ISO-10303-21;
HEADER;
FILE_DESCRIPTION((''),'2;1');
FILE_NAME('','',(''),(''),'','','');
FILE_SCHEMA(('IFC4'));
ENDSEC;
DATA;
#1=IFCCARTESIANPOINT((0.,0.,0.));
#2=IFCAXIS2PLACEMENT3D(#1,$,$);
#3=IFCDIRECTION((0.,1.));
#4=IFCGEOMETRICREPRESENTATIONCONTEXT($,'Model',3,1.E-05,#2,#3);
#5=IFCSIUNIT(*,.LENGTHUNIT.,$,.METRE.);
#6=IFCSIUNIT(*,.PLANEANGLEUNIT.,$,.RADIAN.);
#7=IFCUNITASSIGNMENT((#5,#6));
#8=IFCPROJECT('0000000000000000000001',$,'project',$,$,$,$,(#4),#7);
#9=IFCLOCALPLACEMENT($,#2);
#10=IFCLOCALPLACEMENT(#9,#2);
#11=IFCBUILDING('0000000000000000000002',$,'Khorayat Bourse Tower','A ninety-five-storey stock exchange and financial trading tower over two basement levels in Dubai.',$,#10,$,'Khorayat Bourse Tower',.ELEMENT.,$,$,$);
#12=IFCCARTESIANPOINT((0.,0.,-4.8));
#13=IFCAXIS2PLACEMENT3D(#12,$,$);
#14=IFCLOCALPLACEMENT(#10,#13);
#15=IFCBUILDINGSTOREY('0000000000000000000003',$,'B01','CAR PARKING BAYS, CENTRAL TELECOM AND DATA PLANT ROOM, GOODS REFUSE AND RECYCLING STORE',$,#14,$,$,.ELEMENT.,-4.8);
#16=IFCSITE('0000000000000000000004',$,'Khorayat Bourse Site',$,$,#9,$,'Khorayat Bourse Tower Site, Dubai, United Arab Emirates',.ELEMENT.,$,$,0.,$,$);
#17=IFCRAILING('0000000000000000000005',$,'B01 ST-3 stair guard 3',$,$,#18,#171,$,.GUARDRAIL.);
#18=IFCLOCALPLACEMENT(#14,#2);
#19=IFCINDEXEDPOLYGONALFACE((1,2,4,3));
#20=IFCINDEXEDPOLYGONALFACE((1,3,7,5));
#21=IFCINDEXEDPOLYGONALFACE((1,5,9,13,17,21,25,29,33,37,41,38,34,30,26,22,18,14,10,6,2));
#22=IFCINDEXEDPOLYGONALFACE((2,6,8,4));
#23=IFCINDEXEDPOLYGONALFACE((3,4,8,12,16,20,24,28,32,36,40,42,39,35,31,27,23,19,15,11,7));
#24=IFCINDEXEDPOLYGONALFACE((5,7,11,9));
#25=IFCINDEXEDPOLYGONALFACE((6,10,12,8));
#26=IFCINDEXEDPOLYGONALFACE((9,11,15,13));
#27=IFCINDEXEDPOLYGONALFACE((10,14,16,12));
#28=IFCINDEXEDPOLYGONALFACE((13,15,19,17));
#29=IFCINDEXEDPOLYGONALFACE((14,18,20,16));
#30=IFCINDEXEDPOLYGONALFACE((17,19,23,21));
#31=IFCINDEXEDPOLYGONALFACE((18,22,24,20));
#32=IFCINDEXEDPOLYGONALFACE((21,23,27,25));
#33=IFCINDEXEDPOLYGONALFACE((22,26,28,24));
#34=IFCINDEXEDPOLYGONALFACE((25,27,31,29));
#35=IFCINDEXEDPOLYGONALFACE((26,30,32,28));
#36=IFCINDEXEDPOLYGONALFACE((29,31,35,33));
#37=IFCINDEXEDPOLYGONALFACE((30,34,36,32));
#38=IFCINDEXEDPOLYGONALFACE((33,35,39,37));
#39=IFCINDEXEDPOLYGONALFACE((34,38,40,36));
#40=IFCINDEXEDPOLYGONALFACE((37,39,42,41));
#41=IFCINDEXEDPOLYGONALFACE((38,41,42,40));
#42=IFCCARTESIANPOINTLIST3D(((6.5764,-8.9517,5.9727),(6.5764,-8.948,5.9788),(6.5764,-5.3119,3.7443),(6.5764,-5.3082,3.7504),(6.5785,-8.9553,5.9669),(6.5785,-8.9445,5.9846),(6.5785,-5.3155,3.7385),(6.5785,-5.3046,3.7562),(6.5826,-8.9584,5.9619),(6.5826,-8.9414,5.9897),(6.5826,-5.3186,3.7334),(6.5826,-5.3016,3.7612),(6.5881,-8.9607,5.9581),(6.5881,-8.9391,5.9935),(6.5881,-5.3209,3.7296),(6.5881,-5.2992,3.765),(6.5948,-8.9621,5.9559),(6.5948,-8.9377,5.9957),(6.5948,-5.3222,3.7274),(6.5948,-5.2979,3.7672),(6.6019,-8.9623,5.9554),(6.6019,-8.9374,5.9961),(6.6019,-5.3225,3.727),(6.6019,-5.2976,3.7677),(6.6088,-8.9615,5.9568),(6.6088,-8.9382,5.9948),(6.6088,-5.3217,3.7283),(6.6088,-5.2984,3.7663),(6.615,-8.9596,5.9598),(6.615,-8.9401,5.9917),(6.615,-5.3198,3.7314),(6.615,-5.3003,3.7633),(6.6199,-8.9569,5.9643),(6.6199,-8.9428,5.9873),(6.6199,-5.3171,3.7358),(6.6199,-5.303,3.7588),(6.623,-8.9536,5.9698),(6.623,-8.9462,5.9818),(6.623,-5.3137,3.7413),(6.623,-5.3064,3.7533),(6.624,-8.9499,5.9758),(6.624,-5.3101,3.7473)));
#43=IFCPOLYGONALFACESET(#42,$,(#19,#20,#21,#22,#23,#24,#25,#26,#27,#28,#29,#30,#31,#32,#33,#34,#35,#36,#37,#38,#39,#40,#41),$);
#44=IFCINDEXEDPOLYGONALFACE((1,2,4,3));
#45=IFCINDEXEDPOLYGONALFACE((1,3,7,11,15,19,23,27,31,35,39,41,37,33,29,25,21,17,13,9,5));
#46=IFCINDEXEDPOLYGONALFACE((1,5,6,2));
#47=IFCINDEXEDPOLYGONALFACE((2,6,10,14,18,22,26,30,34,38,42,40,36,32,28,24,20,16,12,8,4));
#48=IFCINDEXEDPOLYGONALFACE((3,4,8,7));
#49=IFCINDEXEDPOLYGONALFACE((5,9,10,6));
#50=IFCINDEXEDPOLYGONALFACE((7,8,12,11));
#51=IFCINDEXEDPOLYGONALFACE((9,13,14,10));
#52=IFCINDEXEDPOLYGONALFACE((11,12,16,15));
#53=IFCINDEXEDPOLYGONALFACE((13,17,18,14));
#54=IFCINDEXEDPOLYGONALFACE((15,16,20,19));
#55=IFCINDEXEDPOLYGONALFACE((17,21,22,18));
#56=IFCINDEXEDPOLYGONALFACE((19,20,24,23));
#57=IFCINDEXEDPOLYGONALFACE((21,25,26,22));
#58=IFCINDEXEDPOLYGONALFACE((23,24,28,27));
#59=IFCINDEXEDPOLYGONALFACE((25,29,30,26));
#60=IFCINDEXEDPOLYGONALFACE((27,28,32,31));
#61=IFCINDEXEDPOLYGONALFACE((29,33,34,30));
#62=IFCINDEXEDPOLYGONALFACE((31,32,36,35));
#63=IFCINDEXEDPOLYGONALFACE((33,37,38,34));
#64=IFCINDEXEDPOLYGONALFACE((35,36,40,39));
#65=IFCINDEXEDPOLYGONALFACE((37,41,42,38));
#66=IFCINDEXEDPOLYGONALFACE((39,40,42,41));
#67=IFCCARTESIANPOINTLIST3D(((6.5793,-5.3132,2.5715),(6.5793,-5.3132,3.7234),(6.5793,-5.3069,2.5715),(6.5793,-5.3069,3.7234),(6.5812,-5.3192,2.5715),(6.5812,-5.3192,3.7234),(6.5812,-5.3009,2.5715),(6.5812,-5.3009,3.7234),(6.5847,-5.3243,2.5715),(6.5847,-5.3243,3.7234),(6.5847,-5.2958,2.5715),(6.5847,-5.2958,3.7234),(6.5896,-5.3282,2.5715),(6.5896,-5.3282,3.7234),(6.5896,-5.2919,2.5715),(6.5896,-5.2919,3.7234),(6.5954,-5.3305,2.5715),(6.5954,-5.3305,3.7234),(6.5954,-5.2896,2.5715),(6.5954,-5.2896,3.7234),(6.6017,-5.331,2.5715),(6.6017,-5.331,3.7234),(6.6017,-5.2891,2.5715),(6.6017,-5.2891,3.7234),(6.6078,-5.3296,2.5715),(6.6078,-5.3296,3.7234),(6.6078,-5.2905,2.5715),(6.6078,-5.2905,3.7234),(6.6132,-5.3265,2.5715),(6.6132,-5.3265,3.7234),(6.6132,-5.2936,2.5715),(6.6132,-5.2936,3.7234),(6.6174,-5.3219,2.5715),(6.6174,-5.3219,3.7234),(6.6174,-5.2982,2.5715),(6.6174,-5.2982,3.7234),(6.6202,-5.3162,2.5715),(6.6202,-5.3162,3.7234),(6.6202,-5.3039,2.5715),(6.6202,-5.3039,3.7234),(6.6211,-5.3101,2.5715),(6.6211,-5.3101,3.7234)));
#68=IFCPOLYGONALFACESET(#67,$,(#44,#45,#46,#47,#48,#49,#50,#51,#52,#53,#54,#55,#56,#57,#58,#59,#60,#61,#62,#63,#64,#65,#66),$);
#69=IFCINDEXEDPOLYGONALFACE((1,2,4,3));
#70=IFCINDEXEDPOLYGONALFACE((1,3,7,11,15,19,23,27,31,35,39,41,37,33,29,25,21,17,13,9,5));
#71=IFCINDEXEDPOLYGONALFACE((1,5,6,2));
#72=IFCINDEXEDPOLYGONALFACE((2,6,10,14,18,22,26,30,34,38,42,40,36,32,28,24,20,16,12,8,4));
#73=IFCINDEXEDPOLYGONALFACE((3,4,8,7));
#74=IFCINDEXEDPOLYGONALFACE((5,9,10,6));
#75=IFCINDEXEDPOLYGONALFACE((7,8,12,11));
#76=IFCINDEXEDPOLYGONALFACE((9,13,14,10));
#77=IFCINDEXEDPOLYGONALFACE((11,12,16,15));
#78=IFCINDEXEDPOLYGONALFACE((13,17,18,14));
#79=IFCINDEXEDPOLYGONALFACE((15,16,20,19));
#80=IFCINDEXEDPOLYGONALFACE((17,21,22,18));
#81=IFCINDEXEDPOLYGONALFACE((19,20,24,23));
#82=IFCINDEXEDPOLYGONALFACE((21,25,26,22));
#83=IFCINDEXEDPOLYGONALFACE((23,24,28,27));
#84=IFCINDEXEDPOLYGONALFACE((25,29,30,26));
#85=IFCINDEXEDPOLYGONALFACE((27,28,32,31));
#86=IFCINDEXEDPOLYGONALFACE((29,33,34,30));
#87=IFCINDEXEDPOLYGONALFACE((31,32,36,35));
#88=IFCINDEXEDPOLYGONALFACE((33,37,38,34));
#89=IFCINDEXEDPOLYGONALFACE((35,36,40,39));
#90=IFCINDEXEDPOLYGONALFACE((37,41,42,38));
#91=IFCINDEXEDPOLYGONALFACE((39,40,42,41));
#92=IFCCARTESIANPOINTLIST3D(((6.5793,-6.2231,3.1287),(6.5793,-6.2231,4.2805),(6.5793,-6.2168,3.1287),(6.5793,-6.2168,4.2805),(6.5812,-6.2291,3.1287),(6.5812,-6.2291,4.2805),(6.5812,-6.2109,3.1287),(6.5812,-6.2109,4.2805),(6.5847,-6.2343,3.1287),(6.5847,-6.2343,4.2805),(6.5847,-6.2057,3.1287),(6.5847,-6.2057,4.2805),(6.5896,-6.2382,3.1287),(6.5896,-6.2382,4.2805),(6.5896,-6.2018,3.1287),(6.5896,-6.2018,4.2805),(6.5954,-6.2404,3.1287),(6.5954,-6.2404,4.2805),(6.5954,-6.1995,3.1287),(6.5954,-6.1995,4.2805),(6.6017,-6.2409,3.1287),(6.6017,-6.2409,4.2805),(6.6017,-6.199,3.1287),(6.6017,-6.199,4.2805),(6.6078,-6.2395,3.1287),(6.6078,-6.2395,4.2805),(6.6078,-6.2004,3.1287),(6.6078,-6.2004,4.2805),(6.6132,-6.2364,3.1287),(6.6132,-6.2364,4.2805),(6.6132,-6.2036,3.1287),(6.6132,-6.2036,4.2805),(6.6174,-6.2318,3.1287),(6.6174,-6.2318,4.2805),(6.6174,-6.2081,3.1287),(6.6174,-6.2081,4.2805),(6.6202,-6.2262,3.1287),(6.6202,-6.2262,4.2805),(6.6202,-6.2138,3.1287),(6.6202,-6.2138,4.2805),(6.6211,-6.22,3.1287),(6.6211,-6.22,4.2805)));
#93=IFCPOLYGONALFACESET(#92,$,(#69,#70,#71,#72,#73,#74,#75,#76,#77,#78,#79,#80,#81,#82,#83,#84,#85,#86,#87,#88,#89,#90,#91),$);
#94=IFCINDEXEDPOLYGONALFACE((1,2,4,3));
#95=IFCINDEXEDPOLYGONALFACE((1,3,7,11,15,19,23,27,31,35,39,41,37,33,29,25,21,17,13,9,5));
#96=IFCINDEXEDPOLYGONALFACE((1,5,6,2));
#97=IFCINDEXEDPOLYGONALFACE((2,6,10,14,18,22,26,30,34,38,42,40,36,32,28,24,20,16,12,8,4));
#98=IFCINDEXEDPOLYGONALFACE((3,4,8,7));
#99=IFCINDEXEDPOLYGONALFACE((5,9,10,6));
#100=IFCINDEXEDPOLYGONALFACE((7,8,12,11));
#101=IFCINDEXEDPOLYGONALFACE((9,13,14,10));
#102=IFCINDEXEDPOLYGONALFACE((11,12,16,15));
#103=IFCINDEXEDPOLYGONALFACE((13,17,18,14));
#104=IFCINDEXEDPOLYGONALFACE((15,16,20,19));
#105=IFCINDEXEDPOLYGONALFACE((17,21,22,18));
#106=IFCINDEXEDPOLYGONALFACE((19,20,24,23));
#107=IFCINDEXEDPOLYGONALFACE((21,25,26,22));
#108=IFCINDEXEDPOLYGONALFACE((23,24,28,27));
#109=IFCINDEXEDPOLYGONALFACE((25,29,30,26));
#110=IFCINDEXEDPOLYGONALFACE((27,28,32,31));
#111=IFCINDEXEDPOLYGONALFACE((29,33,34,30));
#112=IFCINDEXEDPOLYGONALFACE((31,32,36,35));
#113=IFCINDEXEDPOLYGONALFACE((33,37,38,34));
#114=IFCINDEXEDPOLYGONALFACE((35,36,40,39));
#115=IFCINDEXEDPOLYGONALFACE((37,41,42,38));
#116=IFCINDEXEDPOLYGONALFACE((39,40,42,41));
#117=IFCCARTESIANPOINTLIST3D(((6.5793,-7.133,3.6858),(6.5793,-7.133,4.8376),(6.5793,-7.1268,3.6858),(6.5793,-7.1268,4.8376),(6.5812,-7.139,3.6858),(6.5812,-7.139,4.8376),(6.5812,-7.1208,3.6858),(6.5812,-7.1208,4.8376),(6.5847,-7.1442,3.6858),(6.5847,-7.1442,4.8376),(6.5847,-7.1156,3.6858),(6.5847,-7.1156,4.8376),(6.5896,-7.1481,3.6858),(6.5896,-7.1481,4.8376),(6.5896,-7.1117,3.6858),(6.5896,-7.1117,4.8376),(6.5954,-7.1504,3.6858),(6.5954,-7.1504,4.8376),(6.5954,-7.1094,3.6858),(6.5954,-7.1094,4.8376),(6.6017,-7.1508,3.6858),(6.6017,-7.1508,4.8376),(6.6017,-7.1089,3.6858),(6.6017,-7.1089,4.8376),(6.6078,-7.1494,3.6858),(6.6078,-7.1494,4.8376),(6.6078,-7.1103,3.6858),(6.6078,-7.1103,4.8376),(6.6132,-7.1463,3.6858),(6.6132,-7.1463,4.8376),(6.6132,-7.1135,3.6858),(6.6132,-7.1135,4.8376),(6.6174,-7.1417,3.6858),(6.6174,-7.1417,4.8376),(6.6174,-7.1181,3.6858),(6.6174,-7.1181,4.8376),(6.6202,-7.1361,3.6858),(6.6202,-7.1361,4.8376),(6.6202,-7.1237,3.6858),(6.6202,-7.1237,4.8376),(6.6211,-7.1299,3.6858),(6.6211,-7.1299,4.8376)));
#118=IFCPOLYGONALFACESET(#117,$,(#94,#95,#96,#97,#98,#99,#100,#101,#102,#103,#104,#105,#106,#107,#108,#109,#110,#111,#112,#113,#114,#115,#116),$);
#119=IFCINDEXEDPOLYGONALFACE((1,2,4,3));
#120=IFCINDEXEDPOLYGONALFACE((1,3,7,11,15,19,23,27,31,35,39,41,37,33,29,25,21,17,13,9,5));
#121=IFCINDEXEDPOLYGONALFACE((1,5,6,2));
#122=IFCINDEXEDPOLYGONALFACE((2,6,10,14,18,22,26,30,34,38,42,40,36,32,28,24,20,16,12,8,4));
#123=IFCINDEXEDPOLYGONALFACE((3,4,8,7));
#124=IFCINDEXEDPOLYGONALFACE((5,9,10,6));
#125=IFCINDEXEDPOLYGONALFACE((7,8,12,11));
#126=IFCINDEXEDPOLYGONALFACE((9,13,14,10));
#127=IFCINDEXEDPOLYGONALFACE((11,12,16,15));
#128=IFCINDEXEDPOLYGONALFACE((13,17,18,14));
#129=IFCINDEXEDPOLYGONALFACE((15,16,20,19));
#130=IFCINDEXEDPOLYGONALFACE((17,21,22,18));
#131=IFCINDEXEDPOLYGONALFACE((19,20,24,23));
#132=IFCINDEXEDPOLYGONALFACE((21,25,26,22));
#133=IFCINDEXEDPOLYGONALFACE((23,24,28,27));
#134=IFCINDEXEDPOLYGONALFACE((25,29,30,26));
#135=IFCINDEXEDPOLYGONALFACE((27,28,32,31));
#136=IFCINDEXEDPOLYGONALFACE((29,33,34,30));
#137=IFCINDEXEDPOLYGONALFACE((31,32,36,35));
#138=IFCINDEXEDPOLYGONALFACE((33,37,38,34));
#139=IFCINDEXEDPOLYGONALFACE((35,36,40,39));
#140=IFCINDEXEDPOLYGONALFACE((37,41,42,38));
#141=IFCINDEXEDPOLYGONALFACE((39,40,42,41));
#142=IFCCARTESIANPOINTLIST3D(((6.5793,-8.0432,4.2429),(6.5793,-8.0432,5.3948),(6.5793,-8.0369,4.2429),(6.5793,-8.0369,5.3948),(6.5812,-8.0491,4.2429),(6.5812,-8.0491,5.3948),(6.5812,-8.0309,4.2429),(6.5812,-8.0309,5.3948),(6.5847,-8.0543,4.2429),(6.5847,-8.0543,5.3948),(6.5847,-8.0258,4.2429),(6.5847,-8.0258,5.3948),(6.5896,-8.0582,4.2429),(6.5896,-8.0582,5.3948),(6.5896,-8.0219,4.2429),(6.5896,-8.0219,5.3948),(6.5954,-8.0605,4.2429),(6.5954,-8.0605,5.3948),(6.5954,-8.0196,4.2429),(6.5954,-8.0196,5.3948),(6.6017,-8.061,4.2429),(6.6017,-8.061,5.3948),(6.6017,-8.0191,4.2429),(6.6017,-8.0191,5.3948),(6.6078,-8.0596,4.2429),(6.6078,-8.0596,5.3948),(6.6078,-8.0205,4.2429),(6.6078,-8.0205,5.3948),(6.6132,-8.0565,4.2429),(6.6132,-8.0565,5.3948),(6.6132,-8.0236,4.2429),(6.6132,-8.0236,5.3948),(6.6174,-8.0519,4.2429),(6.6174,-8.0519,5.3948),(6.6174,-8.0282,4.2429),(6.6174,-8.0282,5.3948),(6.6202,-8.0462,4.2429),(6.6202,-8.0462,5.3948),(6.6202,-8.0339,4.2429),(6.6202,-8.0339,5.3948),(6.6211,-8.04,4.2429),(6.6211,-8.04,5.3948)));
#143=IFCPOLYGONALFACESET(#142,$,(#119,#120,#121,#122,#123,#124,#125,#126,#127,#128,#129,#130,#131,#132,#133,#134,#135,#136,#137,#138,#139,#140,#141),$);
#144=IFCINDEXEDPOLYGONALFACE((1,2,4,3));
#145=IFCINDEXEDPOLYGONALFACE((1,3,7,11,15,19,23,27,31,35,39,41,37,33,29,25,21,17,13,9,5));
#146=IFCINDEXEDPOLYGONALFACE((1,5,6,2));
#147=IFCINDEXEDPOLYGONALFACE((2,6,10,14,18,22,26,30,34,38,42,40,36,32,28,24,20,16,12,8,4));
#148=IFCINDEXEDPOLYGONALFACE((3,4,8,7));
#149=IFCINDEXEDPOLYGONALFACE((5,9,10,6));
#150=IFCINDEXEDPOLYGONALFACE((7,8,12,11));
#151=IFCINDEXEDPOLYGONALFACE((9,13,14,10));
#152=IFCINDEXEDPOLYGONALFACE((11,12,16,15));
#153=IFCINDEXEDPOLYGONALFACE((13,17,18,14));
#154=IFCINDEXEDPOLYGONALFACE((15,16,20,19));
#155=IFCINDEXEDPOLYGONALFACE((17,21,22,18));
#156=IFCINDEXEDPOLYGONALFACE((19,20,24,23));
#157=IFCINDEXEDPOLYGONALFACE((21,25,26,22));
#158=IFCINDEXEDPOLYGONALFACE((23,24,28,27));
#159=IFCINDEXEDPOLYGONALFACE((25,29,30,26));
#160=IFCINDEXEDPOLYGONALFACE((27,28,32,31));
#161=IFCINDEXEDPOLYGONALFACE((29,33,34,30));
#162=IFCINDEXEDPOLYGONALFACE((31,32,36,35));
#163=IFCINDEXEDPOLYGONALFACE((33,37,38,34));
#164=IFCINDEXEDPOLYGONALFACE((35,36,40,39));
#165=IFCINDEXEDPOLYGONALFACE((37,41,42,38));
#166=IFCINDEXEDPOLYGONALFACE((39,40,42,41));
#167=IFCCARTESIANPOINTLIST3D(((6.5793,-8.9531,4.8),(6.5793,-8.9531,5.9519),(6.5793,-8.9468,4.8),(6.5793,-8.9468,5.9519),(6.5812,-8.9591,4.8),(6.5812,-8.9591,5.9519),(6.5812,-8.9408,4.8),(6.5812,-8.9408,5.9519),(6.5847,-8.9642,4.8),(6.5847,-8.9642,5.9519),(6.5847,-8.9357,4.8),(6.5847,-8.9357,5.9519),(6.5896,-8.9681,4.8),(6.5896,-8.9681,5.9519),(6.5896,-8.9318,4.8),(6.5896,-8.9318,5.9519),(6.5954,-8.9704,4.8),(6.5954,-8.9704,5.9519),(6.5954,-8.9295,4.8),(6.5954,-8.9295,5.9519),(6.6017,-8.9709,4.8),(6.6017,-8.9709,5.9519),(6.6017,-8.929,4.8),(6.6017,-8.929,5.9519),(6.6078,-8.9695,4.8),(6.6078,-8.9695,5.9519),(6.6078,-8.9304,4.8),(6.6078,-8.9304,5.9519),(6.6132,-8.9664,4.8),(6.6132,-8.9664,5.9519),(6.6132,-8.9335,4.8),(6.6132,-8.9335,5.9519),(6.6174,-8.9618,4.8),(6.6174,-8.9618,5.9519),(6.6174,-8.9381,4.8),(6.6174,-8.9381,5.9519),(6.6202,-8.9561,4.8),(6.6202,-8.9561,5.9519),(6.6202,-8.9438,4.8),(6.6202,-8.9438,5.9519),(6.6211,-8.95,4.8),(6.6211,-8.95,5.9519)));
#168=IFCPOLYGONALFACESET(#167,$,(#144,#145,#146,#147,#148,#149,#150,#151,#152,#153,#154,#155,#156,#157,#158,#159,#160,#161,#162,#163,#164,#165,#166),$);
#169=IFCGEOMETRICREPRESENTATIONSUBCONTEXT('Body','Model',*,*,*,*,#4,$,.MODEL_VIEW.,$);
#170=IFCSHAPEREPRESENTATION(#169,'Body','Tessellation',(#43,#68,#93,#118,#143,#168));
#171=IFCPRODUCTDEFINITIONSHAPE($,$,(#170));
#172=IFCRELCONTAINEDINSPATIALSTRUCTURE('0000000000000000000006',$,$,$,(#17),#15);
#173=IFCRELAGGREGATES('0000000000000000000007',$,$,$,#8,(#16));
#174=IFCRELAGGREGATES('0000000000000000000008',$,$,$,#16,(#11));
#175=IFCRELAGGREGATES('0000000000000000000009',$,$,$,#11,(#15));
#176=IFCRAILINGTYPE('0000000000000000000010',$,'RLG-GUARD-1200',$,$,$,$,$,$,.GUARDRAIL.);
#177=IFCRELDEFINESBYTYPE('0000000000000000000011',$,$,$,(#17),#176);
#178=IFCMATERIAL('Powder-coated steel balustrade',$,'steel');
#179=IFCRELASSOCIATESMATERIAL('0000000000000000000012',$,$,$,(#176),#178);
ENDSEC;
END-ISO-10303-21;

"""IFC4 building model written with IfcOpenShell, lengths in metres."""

from ifc_helpers import new_model, si_unit, direction, frame, origin, origin_2d, place, context, subcontext, project, spatial, circle, extrude, source, transform, mapped, material, type_object, element, save


model = new_model("IFC4")

# Units and contexts
model_context = context("Model", 3, precision=1e-05, world=origin(), true_north=direction((0.0, 1.0)))
body_context = subcontext(model_context, "Body", "Model", "MODEL_VIEW")
ifc_project = project(units=[si_unit("LENGTHUNIT", "METRE"), si_unit("PLANEANGLEUNIT", "RADIAN")], contexts=[model_context])

# Site, building, storey
site_placement = place(None, origin())
site = spatial("IfcSite", under=ifc_project, at=site_placement, Name="Khorayat Bourse Site", LongName="Khorayat Bourse Tower Site, Dubai, United Arab Emirates", CompositionType="ELEMENT", RefElevation=0.0)
building_placement = place(site_placement, origin())
building = spatial("IfcBuilding", under=site, at=building_placement, Name="Khorayat Bourse Tower", Description="A ninety-five-storey stock exchange and financial trading tower over two basement levels in Dubai.", LongName="Khorayat Bourse Tower", CompositionType="ELEMENT")
storey_placement = place(building_placement, frame((0.0, 0.0, -4.8)))
storey = spatial("IfcBuildingStorey", under=building, at=storey_placement, Name="B01", Description="CAR PARKING BAYS, CENTRAL TELECOM AND DATA PLANT ROOM, GOODS REFUSE AND RECYCLING STORE", CompositionType="ELEMENT", Elevation=-4.8)

# Railing
ifc_material_1 = material(Name="Powder-coated steel balustrade", Category="steel")
railing_type_1 = type_object("IfcRailingType", Name="RLG-GUARD-1200", PredefinedType="GUARDRAIL", material=ifc_material_1)
shared_shape_1 = source(origin(), body_context, "Body", "SweptSolid", [
    extrude(circle(Radius=0.0239, at=origin_2d()), frame((0.0, 0.0, 1.1758), z_axis=(0.0, -0.85285, 0.522156), x_axis=(1.0, 0.0, 0.0)), (0.0, 0.0, 1.0), 4.2678),
    extrude(circle(Radius=0.021, at=origin_2d()), origin(), (0.0, 0.0, 1.0), 1.1519),
    extrude(circle(Radius=0.021, at=origin_2d()), frame((0.0, -0.9099, 0.5571)), (0.0, 0.0, 1.0), 1.1519),
    extrude(circle(Radius=0.021, at=origin_2d()), frame((0.0, -1.8198, 1.1143)), (0.0, 0.0, 1.0), 1.1519),
    extrude(circle(Radius=0.021, at=origin_2d()), frame((0.0, -2.73, 1.6714)), (0.0, 0.0, 1.0), 1.1519),
    extrude(circle(Radius=0.021, at=origin_2d()), frame((0.0, -3.6399, 2.2285)), (0.0, 0.0, 1.0), 1.1519),
])
railing_1_placement = place(storey_placement, frame((6.6001, -5.3101, 2.5715)))
element("IfcRailing", 1, at=railing_1_placement, inside=storey, type_object=railing_type_1, Name="B01 ST-3 stair guard 3", PredefinedType="GUARDRAIL", context=body_context, shape_type="MappedRepresentation", body=[
    mapped(shared_shape_1, transform((0.0, 0.0, 0.0), scale=1.0)),
])

save(model, "model.ifc")
